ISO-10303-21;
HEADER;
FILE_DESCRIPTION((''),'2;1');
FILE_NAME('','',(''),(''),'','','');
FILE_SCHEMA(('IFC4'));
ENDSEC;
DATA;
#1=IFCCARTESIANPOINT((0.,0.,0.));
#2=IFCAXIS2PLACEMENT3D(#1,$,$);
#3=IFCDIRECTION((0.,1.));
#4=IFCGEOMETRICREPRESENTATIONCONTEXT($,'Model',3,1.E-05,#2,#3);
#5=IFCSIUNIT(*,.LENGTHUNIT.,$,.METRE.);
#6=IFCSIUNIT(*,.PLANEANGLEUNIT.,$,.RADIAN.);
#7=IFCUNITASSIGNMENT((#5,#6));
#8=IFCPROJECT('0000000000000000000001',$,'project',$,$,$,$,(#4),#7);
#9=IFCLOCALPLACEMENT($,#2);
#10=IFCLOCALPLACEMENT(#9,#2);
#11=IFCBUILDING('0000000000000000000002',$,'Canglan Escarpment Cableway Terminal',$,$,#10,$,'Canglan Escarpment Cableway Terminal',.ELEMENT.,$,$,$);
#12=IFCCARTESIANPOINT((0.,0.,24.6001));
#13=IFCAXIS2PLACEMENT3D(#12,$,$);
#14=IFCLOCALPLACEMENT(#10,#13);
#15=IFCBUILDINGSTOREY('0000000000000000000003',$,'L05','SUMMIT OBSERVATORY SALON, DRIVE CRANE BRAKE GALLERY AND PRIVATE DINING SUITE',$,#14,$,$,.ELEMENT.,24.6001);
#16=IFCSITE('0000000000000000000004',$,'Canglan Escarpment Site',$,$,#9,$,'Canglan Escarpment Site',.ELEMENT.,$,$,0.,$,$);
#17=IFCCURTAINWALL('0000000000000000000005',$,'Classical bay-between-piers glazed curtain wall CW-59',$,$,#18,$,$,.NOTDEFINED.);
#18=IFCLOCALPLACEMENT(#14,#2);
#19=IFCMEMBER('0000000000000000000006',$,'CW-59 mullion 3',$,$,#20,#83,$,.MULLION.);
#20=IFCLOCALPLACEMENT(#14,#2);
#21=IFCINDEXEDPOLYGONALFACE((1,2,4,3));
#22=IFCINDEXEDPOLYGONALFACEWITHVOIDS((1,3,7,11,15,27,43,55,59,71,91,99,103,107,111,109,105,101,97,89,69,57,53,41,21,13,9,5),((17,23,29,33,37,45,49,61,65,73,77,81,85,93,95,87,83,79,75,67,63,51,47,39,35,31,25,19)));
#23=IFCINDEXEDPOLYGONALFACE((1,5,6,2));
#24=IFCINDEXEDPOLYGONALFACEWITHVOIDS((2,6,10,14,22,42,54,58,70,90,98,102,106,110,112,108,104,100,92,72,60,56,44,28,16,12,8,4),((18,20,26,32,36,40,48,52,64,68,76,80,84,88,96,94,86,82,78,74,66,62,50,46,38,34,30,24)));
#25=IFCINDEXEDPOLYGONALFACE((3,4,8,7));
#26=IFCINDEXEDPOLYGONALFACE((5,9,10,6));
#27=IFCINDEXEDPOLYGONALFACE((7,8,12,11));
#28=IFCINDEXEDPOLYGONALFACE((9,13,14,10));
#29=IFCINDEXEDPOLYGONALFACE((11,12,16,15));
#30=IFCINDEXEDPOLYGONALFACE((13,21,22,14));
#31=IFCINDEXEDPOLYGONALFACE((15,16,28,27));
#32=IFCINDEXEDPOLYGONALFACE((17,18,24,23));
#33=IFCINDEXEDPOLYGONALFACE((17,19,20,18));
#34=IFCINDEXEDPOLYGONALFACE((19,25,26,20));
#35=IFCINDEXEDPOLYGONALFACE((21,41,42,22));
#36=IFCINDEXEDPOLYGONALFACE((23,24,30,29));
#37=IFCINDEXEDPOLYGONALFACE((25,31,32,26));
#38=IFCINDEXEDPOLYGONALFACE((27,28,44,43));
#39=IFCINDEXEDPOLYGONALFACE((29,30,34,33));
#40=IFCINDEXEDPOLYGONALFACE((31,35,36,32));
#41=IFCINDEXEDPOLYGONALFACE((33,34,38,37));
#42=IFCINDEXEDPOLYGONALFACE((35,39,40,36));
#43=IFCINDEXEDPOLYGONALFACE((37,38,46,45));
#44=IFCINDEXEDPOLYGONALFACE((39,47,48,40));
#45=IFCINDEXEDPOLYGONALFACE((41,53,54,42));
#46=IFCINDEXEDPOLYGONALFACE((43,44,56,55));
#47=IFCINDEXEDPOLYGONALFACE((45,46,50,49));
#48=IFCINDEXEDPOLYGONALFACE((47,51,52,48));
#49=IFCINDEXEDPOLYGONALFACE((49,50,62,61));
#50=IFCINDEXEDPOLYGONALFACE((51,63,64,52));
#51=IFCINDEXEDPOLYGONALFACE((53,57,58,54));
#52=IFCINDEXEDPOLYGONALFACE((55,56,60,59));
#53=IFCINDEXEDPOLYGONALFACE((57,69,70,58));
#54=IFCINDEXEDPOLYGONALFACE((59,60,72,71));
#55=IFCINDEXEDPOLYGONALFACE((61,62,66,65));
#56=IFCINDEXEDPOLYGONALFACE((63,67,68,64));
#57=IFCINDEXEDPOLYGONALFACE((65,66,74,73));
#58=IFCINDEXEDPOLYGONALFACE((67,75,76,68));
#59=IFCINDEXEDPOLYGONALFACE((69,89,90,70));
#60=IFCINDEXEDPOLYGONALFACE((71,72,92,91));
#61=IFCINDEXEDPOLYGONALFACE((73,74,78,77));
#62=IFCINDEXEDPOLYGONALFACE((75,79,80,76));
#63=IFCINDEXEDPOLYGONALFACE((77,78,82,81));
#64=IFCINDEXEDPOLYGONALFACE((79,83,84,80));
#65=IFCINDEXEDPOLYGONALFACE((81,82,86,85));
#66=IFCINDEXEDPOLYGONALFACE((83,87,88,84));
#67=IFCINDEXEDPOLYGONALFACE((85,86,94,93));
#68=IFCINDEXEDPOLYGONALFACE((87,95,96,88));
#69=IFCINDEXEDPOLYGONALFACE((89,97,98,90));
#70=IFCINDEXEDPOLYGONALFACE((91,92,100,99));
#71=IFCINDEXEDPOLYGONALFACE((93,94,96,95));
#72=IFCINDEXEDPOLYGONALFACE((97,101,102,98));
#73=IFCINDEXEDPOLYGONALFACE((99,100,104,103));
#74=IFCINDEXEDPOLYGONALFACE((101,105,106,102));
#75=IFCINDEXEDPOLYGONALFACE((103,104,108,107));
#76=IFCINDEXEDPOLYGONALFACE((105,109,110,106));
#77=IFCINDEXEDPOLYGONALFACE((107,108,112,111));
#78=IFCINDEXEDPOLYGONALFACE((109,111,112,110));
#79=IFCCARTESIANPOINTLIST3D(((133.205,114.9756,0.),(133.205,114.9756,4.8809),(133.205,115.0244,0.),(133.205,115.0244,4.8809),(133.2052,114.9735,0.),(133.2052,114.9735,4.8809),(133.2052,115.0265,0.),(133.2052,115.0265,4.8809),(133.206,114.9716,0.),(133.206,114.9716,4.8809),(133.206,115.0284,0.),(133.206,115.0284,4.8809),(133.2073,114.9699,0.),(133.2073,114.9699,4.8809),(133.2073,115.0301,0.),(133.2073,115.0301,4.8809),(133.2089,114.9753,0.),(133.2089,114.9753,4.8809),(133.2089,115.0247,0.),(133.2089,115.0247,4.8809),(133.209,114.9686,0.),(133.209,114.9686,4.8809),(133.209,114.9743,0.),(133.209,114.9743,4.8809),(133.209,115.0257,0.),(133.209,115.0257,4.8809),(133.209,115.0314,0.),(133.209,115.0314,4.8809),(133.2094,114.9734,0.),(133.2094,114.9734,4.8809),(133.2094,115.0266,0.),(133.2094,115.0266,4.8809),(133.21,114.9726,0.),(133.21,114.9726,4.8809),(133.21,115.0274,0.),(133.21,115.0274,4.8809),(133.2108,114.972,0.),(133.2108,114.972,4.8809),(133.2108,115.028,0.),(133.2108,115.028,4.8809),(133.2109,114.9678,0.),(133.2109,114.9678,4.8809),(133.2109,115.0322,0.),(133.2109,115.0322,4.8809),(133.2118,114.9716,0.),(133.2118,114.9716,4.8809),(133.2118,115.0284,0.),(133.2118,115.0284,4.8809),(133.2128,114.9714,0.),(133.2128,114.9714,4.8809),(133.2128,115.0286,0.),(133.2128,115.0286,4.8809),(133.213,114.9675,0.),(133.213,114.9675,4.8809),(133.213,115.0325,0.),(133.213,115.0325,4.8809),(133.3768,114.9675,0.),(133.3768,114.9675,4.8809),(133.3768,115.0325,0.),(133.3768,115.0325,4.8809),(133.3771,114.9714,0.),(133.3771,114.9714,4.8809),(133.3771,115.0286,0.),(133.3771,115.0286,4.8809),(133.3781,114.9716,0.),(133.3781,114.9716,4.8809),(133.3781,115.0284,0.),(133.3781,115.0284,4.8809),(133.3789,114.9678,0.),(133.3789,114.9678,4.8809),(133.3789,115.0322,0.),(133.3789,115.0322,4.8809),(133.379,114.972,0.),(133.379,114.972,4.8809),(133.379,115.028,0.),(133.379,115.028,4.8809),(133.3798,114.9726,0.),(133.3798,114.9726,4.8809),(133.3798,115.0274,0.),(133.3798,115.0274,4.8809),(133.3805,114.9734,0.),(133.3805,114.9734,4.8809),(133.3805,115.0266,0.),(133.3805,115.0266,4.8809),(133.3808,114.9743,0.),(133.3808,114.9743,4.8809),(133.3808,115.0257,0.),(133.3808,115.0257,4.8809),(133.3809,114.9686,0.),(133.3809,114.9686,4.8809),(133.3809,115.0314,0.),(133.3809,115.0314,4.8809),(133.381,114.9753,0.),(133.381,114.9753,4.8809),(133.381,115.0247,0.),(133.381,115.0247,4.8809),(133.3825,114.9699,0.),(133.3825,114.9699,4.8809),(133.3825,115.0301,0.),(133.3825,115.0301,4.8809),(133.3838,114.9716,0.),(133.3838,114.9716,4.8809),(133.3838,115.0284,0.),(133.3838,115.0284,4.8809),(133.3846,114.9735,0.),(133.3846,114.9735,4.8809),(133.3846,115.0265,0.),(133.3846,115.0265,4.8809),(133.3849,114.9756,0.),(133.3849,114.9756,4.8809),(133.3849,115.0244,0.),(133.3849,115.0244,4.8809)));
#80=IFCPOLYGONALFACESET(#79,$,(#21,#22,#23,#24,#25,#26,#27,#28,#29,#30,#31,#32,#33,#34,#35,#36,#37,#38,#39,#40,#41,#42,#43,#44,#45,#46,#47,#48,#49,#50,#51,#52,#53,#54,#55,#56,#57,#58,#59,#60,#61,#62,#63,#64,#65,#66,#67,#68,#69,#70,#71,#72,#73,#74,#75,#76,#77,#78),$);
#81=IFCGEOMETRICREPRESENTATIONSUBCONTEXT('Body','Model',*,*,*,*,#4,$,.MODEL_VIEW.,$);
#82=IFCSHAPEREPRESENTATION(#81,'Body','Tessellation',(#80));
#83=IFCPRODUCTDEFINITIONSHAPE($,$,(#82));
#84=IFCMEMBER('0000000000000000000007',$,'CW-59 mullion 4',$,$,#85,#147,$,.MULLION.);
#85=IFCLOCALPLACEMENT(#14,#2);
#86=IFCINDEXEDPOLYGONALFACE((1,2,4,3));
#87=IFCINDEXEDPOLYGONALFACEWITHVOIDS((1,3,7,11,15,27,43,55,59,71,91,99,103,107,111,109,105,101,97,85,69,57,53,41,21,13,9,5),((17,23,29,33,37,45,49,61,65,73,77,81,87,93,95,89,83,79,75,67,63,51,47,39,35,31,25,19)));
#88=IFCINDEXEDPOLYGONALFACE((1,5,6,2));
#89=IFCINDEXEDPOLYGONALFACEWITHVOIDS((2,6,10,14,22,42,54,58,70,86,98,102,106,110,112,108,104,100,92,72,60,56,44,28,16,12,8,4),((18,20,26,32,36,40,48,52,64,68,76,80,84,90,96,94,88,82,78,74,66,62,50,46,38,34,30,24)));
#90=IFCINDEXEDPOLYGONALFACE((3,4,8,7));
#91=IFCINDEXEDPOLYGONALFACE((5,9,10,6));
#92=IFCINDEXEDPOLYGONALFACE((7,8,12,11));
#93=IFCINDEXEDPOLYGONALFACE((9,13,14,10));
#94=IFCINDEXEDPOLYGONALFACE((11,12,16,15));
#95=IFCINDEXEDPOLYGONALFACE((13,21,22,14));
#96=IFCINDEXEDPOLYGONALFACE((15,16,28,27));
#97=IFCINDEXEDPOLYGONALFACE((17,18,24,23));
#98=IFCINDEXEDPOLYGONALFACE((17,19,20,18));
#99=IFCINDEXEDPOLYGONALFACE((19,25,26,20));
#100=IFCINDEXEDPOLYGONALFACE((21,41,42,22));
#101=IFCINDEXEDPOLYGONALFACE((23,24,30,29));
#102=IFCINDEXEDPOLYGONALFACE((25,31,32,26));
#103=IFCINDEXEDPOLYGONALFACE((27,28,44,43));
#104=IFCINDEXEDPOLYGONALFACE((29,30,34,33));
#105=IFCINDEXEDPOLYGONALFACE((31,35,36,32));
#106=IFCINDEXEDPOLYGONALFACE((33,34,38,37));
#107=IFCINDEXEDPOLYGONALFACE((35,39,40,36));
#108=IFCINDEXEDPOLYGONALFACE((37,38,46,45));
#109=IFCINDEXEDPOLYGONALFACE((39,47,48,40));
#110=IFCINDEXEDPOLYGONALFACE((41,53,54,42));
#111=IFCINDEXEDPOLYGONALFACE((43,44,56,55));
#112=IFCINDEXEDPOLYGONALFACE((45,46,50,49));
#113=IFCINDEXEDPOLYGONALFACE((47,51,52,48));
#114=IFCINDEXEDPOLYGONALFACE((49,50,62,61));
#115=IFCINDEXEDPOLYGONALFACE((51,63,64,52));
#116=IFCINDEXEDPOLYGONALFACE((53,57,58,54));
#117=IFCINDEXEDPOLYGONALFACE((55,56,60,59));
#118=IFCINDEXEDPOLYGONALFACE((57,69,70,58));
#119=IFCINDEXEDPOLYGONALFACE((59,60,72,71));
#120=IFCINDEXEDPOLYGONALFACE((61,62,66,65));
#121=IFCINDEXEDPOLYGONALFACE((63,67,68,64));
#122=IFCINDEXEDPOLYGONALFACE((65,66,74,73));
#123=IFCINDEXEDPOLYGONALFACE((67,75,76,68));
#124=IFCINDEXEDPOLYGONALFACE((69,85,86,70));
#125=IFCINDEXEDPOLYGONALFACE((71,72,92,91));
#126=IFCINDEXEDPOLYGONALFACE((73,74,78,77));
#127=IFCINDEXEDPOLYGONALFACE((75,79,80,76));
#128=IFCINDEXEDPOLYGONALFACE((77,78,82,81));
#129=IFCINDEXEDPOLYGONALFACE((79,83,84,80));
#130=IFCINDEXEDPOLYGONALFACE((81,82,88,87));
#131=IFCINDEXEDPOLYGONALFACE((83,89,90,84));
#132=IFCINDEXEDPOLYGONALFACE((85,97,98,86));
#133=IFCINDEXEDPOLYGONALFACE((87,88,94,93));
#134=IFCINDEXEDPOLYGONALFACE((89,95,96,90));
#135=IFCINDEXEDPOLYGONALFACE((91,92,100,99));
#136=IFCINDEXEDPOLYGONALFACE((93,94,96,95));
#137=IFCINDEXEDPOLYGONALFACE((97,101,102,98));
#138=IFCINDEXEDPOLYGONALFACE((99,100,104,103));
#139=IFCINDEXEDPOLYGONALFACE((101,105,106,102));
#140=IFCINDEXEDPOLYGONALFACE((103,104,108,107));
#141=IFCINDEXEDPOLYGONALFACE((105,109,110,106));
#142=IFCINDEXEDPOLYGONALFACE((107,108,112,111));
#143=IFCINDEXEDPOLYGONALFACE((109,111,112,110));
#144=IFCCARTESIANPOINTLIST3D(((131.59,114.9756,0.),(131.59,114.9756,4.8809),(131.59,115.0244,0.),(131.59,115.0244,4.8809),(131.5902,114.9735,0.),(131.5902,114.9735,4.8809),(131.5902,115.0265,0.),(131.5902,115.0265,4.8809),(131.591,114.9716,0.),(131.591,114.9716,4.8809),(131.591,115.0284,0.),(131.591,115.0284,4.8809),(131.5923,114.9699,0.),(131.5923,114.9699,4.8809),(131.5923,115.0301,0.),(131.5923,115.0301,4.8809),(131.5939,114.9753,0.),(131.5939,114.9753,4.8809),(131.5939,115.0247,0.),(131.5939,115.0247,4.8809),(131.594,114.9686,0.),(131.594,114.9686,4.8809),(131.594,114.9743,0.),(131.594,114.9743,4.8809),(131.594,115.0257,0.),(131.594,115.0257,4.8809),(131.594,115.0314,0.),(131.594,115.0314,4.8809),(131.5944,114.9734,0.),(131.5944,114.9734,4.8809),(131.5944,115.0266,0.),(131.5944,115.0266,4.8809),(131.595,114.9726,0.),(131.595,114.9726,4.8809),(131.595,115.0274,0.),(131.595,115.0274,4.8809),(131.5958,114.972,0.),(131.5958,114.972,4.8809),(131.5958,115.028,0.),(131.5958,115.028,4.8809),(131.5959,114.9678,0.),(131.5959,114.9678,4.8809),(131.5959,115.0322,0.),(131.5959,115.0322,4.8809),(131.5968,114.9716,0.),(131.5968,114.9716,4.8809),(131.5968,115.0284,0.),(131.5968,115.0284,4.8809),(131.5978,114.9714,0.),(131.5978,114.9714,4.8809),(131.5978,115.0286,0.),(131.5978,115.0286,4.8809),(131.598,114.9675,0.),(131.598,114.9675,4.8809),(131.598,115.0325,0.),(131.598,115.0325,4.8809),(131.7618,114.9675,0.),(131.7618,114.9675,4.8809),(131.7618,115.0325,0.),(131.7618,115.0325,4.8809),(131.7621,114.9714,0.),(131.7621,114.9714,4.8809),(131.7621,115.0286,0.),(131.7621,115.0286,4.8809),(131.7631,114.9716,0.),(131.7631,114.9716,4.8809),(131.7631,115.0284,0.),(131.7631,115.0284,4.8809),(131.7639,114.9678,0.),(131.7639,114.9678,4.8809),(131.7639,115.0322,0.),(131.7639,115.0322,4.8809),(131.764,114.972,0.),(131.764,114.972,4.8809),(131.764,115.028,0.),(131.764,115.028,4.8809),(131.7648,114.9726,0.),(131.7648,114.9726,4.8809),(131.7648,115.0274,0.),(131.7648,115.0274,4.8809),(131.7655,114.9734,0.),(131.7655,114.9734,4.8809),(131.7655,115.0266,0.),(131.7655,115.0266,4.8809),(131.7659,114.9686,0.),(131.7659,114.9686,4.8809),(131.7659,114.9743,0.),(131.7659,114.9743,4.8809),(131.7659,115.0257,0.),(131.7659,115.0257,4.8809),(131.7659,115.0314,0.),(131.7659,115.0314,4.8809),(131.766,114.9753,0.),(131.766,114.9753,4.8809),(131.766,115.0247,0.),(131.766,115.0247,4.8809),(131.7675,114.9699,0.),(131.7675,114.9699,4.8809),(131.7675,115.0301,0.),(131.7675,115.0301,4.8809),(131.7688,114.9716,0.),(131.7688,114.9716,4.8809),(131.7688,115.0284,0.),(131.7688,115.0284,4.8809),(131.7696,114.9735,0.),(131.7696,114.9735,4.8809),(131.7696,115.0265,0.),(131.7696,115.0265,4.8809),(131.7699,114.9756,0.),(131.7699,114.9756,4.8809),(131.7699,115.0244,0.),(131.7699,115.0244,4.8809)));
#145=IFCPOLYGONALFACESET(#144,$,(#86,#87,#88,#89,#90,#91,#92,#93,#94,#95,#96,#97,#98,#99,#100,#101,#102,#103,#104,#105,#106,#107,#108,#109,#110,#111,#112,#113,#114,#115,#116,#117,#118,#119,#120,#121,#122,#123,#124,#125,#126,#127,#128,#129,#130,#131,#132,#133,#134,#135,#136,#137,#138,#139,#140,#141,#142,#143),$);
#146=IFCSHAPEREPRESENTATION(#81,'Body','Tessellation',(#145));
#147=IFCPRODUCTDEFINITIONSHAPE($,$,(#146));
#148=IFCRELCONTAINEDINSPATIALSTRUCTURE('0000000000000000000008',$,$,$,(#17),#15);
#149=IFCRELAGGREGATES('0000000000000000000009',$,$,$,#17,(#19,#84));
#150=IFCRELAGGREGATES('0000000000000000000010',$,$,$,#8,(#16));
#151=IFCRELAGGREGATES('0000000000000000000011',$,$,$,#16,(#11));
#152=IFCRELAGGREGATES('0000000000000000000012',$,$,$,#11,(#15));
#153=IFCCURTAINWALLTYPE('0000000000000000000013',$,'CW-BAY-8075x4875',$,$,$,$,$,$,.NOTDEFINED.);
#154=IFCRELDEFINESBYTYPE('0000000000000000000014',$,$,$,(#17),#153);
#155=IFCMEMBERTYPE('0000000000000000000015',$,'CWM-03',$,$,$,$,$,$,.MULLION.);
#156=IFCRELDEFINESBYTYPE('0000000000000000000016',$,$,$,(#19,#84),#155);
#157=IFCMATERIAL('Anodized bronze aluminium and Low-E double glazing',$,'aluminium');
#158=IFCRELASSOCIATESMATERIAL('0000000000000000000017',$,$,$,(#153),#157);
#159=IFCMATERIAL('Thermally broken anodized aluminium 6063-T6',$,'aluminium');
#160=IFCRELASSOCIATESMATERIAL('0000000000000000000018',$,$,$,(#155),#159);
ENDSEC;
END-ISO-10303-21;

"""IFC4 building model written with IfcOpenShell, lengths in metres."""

from ifc_helpers import new_model, si_unit, direction, frame, origin, origin_2d, place, context, subcontext, project, spatial, hollow_rectangle, extrude, material, material_profile, profile_set, type_object, element, aggregate, save


model = new_model("IFC4")

# Units and contexts
model_context = context("Model", 3, precision=1e-05, world=origin(), true_north=direction((0.0, 1.0)))
body_context = subcontext(model_context, "Body", "Model", "MODEL_VIEW")
ifc_project = project(units=[si_unit("LENGTHUNIT", "METRE"), si_unit("PLANEANGLEUNIT", "RADIAN")], contexts=[model_context])

# Site, building, storey
site_placement = place(None, origin())
site = spatial("IfcSite", under=ifc_project, at=site_placement, Name="Canglan Escarpment Site", LongName="Canglan Escarpment Site", CompositionType="ELEMENT", RefElevation=0.0)
building_placement = place(site_placement, origin())
building = spatial("IfcBuilding", under=site, at=building_placement, Name="Canglan Escarpment Cableway Terminal", LongName="Canglan Escarpment Cableway Terminal", CompositionType="ELEMENT")
storey_placement = place(building_placement, frame((0.0, 0.0, 24.6001)))
storey = spatial("IfcBuildingStorey", under=building, at=storey_placement, Name="L05", Description="SUMMIT OBSERVATORY SALON, DRIVE CRANE BRAKE GALLERY AND PRIVATE DINING SUITE", CompositionType="ELEMENT", Elevation=24.6001)

# Curtain wall, members
ifc_material_1 = material(Name="Anodized bronze aluminium and Low-E double glazing", Category="aluminium")
curtain_wall_type = type_object("IfcCurtainWallType", Name="CW-BAY-8075x4875", PredefinedType="NOTDEFINED", material=ifc_material_1)
curtain_wall_placement = place(storey_placement, origin())
curtain_wall = element("IfcCurtainWall", 1, at=curtain_wall_placement, inside=storey, type_object=curtain_wall_type, Name="Classical bay-between-piers glazed curtain wall CW-59", PredefinedType="NOTDEFINED")
ifc_material_2 = material(Name="Thermally broken anodized aluminium 6063-T6", Category="aluminium")
ifc_material_profile_1 = material_profile(ifc_material_2, hollow_rectangle(XDim=0.0649, YDim=0.1799, WallThickness=0.0039, InnerFilletRadius=0.0039, OuterFilletRadius=0.0081, at=origin_2d()), Name="ALU-MULL 65x180x4")
ifc_profile_set_1 = profile_set([ifc_material_profile_1], Name="Thermally broken anodized aluminium 6063-T6")
member_type_1 = type_object("IfcMemberType", Name="CWM-03", PredefinedType="MULLION", material=ifc_profile_set_1)
member_1_placement = place(storey_placement, frame((133.2949, 115.0, 0.0), z_axis=(0.0, 0.0, 1.0), x_axis=(0.0, -1.0, 0.0)))
member_1 = element("IfcMember", 2, at=member_1_placement, type_object=member_type_1, Name="CW-59 mullion 3", PredefinedType="MULLION", context=body_context, shape_type="SweptSolid", body=[
    extrude(hollow_rectangle(XDim=0.0649, YDim=0.1799, WallThickness=0.0039, InnerFilletRadius=0.0039, OuterFilletRadius=0.0081, at=origin_2d()), origin(), (0.0, 0.0, 1.0), 4.8809),
])
member_2_placement = place(storey_placement, frame((131.6799, 115.0, 0.0), z_axis=(0.0, 0.0, 1.0), x_axis=(0.0, -1.0, 0.0)))
member_2 = element("IfcMember", 3, at=member_2_placement, type_object=member_type_1, Name="CW-59 mullion 4", PredefinedType="MULLION", context=body_context, shape_type="SweptSolid", body=[
    extrude(hollow_rectangle(XDim=0.0649, YDim=0.1799, WallThickness=0.0039, InnerFilletRadius=0.0039, OuterFilletRadius=0.0081, at=origin_2d()), origin(), (0.0, 0.0, 1.0), 4.8809),
])
aggregate(curtain_wall, [member_1, member_2])

save(model, "model.ifc")
